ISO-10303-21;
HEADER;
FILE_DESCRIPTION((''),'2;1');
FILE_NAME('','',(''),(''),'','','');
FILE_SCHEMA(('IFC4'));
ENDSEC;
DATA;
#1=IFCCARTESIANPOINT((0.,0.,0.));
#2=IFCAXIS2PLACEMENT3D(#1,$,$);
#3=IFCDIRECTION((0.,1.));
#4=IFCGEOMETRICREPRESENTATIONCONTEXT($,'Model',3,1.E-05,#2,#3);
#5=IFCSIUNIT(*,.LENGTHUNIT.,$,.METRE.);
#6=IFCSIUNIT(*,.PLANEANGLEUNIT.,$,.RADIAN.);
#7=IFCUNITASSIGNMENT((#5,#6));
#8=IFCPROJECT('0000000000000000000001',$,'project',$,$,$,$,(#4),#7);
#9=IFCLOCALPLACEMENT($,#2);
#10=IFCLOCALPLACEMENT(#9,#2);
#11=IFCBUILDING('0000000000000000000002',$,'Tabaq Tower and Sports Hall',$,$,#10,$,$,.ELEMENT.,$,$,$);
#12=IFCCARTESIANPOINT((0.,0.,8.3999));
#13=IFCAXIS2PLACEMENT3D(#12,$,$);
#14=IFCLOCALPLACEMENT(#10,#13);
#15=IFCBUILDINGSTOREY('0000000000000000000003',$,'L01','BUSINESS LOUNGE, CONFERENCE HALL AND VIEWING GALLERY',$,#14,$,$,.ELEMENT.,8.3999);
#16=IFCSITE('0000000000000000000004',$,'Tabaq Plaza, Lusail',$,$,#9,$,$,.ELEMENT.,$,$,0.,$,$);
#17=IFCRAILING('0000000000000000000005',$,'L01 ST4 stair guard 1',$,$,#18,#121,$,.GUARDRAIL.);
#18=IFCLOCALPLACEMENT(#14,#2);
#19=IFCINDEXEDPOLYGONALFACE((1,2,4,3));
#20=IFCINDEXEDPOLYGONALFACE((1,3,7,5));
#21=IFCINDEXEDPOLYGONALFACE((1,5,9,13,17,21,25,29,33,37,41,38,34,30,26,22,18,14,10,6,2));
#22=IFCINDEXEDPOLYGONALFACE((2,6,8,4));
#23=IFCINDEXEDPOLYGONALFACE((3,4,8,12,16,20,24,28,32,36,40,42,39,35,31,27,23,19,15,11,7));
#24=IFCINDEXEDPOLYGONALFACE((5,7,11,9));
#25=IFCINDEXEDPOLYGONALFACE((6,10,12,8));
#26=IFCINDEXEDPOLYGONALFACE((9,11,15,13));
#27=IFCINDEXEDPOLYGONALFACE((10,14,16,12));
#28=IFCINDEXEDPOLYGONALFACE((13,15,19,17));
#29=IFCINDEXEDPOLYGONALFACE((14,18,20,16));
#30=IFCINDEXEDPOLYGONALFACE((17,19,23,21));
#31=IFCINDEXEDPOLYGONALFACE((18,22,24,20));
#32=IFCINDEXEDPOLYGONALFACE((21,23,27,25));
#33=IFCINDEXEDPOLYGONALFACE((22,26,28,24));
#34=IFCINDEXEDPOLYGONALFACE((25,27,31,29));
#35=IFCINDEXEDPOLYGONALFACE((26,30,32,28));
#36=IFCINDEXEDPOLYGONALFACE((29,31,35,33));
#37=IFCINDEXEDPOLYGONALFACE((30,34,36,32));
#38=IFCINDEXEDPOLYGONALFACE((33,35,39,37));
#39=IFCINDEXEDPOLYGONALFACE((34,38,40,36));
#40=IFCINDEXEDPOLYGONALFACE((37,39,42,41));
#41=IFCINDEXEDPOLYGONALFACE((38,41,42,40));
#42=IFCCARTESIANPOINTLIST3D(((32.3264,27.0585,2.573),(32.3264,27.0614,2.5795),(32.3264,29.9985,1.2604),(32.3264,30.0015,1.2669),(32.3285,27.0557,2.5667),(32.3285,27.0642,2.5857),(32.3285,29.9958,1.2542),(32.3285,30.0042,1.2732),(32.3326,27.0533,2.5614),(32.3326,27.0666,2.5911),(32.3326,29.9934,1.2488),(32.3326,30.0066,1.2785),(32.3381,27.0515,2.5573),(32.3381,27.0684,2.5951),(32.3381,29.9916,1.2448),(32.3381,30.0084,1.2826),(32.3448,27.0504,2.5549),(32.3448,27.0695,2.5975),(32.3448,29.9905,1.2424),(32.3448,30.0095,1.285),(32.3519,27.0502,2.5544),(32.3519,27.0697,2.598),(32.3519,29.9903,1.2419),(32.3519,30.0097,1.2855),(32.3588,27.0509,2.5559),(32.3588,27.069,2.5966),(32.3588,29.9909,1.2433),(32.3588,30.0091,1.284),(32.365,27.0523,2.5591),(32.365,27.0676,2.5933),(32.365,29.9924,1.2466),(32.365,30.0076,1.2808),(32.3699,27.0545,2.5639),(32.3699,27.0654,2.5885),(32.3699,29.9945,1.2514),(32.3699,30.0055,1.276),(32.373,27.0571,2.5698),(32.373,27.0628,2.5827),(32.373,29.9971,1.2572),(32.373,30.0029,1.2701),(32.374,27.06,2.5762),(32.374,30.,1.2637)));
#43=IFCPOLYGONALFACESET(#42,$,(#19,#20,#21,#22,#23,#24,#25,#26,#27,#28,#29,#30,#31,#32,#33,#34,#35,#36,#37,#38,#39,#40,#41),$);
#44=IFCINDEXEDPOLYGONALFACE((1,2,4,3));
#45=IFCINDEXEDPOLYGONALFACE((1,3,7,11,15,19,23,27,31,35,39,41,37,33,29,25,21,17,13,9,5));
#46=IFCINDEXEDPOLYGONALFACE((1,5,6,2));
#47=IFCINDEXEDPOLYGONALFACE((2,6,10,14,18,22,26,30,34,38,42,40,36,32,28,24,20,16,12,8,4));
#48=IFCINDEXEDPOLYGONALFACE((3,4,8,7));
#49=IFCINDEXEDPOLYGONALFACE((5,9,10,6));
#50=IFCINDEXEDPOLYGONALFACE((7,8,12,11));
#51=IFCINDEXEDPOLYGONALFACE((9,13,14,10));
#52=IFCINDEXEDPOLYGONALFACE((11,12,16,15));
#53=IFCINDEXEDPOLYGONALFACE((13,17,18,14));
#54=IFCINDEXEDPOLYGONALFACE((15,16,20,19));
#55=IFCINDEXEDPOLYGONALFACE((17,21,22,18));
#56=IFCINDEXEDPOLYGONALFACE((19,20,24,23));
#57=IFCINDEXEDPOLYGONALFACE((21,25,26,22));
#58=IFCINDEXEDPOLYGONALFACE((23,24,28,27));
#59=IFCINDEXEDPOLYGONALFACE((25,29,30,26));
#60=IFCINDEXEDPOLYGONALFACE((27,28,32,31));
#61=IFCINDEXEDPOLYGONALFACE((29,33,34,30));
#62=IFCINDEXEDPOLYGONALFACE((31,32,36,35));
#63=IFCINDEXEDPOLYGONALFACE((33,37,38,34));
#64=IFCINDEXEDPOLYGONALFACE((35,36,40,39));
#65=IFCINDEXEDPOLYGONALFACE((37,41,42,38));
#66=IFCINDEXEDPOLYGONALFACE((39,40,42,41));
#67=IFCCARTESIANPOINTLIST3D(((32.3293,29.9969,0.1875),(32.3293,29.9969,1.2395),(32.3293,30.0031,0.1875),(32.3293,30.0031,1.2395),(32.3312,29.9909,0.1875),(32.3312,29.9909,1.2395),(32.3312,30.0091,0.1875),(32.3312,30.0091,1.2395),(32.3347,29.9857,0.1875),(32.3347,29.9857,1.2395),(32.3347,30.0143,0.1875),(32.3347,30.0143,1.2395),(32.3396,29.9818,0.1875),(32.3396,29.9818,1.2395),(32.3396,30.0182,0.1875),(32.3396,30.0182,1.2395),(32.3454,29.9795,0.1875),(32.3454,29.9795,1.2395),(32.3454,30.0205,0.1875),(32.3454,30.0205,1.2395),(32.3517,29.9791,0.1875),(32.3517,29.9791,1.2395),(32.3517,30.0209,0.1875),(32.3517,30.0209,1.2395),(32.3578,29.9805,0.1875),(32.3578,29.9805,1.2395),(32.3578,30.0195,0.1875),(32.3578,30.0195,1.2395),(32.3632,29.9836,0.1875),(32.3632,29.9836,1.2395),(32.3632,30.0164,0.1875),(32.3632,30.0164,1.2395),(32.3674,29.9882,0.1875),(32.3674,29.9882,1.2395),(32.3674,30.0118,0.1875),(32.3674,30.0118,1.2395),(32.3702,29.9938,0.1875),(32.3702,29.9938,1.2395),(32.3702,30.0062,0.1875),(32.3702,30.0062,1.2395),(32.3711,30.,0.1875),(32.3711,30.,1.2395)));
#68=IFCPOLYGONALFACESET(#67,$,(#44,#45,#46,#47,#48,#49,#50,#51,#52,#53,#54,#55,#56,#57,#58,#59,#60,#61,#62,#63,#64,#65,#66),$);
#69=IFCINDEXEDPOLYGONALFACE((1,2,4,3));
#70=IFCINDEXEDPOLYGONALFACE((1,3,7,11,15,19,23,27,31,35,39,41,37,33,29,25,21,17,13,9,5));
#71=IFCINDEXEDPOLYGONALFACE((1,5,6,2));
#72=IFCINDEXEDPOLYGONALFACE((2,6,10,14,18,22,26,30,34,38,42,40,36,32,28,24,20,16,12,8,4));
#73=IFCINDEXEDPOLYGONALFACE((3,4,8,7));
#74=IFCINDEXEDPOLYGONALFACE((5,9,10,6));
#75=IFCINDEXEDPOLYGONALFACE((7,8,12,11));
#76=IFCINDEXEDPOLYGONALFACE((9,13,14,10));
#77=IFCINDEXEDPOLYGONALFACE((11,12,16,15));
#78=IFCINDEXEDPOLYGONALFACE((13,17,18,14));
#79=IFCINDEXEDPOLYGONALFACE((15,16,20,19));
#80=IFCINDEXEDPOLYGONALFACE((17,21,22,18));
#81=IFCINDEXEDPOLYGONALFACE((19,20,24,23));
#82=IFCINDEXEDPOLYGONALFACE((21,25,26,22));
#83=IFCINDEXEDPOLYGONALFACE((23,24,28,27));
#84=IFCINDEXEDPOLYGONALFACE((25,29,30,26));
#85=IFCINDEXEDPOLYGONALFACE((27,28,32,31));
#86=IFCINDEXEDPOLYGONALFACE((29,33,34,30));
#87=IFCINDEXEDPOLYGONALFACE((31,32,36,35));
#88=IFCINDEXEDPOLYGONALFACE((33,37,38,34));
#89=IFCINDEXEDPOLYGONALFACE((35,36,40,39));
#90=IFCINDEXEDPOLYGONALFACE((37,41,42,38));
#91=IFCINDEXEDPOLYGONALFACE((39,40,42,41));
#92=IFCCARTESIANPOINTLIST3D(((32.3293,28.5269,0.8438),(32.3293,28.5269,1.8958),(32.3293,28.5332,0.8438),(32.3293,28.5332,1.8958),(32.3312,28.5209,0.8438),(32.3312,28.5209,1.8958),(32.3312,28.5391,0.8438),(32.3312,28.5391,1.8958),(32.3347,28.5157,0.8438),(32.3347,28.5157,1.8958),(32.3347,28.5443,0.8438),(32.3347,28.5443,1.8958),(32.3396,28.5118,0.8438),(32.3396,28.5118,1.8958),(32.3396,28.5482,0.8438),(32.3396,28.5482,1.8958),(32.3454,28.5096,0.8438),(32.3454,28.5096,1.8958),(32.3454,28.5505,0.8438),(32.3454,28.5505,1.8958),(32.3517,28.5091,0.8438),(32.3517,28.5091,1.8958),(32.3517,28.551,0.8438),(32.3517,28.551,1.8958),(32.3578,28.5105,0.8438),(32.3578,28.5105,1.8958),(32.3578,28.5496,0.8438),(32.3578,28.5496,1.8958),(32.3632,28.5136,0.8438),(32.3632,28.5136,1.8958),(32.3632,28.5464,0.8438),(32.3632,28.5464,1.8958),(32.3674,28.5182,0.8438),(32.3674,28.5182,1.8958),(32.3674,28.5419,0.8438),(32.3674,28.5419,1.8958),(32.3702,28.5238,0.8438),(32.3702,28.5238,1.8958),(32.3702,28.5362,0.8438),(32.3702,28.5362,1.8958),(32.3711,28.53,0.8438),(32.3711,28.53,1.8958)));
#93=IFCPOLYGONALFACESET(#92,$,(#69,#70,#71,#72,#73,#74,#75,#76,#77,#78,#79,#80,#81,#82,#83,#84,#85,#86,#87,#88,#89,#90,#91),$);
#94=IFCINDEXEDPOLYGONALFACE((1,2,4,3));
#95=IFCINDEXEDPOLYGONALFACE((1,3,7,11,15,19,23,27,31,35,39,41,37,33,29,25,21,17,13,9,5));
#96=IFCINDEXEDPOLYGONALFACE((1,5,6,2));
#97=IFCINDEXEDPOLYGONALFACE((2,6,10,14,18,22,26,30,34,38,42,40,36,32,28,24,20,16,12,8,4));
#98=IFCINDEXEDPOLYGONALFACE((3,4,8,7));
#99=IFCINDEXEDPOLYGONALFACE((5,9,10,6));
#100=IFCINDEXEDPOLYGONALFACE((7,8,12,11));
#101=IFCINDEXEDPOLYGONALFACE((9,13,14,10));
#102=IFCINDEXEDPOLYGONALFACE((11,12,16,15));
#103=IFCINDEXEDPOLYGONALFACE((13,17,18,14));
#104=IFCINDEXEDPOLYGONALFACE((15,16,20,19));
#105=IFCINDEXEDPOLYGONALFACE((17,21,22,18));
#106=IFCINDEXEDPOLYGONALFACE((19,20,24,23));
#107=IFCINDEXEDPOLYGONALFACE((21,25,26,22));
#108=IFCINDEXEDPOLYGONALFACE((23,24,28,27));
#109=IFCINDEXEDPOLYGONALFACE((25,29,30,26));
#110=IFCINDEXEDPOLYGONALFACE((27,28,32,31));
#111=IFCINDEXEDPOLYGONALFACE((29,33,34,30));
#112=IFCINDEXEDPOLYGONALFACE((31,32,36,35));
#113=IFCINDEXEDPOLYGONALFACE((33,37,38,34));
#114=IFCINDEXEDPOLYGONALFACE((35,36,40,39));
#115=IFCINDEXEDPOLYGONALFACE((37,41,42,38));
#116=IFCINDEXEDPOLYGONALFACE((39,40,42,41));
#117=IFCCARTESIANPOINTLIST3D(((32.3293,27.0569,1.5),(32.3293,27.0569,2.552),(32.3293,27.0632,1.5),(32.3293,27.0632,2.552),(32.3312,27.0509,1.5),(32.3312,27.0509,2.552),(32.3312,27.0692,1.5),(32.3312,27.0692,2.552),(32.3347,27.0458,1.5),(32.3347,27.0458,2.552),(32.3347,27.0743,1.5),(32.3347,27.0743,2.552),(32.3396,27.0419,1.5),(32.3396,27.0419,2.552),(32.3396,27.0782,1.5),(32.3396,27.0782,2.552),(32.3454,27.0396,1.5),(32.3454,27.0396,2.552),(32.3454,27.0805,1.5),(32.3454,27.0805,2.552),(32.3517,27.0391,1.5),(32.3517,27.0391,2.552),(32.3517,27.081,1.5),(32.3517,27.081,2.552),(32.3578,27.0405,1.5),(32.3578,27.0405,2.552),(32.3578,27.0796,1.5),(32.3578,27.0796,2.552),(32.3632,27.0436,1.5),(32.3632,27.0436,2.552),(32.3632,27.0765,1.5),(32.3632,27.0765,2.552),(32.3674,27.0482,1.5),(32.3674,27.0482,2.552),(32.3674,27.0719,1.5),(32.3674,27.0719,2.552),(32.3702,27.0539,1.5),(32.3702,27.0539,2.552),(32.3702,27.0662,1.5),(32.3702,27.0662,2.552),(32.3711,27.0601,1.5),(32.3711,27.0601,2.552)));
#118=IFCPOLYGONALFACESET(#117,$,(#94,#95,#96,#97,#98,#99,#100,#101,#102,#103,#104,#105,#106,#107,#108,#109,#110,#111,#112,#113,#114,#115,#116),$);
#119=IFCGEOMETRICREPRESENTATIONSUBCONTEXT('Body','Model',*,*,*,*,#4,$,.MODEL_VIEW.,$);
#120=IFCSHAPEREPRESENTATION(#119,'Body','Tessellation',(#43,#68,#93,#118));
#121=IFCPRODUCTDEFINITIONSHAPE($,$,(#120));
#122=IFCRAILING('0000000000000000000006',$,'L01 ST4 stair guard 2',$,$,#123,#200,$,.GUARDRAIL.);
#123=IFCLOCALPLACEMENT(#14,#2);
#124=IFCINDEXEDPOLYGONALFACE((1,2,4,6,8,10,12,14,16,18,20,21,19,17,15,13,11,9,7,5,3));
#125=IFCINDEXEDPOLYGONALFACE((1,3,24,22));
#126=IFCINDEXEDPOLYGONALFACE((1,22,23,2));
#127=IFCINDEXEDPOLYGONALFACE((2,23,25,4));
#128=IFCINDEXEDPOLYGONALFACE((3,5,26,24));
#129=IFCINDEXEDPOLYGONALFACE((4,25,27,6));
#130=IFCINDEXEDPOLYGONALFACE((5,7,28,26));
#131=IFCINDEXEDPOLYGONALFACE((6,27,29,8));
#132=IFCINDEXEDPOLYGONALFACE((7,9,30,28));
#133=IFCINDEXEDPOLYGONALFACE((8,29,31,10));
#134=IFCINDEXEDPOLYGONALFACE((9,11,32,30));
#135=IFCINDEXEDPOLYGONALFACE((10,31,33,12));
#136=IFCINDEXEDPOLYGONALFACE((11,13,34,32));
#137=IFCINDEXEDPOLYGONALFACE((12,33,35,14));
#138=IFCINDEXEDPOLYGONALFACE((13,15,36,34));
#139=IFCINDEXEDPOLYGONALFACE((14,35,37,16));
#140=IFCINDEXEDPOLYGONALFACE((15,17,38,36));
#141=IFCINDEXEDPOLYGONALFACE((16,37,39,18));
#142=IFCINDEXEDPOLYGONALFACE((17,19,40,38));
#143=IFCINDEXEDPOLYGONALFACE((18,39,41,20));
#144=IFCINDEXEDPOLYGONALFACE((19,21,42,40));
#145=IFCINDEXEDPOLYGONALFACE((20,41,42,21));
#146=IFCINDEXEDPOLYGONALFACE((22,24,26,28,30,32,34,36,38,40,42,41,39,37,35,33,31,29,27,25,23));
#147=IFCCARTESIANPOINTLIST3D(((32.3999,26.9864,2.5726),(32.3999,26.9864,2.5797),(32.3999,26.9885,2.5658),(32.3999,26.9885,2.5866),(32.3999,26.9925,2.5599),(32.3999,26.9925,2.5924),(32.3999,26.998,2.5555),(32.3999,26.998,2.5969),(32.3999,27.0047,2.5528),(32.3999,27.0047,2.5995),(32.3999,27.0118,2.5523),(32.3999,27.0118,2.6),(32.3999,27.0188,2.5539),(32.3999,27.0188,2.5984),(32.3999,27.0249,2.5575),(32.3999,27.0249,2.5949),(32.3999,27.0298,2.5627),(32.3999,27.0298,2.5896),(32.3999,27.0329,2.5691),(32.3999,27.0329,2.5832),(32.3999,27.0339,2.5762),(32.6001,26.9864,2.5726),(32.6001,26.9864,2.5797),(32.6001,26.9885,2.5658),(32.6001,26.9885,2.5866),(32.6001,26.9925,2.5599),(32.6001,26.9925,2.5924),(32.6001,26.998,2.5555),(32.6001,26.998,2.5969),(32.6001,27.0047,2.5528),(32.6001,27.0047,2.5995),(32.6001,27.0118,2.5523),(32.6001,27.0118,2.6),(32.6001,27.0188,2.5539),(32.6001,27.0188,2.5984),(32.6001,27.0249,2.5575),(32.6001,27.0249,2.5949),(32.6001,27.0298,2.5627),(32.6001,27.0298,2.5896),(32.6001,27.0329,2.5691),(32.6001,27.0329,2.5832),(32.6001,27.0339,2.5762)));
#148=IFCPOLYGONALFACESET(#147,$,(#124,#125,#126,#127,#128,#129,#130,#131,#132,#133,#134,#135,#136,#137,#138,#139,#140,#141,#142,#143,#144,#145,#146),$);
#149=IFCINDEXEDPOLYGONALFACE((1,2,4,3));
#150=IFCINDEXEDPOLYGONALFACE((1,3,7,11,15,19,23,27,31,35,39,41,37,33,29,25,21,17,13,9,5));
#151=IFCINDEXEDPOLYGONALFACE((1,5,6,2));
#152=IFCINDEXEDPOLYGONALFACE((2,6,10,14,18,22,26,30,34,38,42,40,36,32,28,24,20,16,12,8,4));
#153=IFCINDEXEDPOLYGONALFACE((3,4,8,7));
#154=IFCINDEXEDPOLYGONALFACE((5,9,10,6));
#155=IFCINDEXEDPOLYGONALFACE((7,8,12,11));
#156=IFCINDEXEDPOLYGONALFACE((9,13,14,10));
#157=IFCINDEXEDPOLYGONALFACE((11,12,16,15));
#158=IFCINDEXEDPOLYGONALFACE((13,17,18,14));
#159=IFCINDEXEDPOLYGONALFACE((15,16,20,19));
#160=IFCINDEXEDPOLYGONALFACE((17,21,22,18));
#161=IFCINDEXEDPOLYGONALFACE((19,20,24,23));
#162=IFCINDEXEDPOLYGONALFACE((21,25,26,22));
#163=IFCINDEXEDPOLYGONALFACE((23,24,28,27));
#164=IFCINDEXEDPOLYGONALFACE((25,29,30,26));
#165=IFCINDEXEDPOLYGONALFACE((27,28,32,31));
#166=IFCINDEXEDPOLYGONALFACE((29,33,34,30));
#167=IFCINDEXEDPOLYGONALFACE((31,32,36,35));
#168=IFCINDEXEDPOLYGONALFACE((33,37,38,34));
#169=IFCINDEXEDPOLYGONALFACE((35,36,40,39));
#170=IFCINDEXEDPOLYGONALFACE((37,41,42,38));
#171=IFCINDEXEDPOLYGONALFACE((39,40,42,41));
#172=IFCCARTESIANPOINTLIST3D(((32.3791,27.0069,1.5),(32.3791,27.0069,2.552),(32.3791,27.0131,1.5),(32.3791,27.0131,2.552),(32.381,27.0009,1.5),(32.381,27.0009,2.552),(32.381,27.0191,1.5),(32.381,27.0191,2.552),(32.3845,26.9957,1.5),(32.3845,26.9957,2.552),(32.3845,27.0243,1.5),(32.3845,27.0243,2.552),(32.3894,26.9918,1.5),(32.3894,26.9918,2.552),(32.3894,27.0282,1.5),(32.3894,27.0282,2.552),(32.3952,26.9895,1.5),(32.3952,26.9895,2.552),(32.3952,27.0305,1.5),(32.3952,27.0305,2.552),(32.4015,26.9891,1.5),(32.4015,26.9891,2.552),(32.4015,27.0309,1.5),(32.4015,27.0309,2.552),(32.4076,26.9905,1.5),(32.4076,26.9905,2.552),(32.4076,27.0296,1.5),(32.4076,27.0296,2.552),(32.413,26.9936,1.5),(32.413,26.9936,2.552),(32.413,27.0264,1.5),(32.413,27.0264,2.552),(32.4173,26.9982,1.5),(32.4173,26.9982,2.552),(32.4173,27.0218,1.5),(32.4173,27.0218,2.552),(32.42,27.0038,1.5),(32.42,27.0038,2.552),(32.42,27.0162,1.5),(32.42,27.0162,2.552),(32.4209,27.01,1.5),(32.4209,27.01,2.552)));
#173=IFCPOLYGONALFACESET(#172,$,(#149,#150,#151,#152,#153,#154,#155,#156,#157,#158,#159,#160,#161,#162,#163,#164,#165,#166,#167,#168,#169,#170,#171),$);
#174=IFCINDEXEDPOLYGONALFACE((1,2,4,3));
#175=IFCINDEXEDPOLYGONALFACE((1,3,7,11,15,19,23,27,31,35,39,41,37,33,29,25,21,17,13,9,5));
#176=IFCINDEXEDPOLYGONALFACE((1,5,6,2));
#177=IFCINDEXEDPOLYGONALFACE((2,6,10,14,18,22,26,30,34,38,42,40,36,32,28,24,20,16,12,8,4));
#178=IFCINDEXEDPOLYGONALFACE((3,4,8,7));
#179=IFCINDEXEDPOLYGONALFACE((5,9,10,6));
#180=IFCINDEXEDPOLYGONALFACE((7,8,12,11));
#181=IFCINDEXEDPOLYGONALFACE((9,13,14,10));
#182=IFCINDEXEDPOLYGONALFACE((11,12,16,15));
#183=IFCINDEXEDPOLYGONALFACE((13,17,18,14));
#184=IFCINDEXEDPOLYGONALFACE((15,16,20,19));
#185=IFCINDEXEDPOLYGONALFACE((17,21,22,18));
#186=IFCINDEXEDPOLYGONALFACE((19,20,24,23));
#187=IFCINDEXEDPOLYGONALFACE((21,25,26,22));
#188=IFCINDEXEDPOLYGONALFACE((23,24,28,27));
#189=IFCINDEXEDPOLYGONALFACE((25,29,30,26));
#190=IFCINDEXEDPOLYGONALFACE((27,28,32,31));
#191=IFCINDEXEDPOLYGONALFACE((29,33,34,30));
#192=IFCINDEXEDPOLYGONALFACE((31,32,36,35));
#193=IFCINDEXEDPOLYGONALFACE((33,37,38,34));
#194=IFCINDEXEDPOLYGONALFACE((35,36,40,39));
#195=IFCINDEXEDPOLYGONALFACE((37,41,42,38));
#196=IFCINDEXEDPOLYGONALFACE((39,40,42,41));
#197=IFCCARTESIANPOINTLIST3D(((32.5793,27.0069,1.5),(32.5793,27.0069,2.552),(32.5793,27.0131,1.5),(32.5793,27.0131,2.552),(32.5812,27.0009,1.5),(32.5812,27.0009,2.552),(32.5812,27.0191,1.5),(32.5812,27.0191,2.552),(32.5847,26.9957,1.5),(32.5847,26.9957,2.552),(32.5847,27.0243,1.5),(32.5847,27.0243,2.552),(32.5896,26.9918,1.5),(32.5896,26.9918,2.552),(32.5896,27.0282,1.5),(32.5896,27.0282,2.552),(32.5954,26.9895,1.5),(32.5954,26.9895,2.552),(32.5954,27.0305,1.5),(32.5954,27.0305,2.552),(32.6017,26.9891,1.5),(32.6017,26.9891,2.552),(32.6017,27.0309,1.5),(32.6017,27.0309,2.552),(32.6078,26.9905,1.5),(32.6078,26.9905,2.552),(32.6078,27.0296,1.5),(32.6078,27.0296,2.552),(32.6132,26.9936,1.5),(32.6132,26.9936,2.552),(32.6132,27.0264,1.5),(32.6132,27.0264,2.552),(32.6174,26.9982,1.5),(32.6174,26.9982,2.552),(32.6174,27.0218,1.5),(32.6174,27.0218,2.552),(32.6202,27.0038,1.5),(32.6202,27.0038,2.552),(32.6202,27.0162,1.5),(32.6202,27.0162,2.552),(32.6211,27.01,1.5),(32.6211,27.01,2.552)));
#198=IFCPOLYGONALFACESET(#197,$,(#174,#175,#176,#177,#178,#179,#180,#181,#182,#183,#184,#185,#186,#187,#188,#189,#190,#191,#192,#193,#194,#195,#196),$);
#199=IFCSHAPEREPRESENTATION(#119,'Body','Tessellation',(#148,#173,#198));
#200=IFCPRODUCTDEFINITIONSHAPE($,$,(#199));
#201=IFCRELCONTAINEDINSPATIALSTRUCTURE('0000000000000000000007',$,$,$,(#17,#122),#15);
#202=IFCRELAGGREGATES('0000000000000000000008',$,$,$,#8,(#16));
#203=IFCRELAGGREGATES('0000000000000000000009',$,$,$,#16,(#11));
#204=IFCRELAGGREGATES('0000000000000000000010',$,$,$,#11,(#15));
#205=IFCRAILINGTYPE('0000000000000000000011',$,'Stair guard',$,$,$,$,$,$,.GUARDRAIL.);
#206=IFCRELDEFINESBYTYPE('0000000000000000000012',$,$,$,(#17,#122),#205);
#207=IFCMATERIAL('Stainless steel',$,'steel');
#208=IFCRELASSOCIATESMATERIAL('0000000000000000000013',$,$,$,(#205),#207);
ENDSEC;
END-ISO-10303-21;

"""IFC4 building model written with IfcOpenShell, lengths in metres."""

from ifc_helpers import new_model, si_unit, direction, frame, origin, origin_2d, place, context, subcontext, project, spatial, circle, extrude, material, type_object, element, save


model = new_model("IFC4")

# Units and contexts
model_context = context("Model", 3, precision=1e-05, world=origin(), true_north=direction((0.0, 1.0)))
body_context = subcontext(model_context, "Body", "Model", "MODEL_VIEW")
ifc_project = project(units=[si_unit("LENGTHUNIT", "METRE"), si_unit("PLANEANGLEUNIT", "RADIAN")], contexts=[model_context])

# Site, building, storey
site_placement = place(None, origin())
site = spatial("IfcSite", under=ifc_project, at=site_placement, Name="Tabaq Plaza, Lusail", CompositionType="ELEMENT", RefElevation=0.0)
building_placement = place(site_placement, origin())
building = spatial("IfcBuilding", under=site, at=building_placement, Name="Tabaq Tower and Sports Hall", CompositionType="ELEMENT")
storey_placement = place(building_placement, frame((0.0, 0.0, 8.3999)))
storey = spatial("IfcBuildingStorey", under=building, at=storey_placement, Name="L01", Description="BUSINESS LOUNGE, CONFERENCE HALL AND VIEWING GALLERY", CompositionType="ELEMENT", Elevation=8.3999)

# Railings
ifc_material_1 = material(Name="Stainless steel", Category="steel")
railing_type_1 = type_object("IfcRailingType", Name="Stair guard", PredefinedType="GUARDRAIL", material=ifc_material_1)
railing_1_placement = place(storey_placement, frame((32.3501, 30.0, 0.1875)))
element("IfcRailing", 1, at=railing_1_placement, inside=storey, type_object=railing_type_1, Name="L01 ST4 stair guard 1", PredefinedType="GUARDRAIL", context=body_context, shape_type="SweptSolid", body=[
    extrude(circle(Radius=0.0239, at=origin_2d()), frame((0.0, 0.0, 1.0762), z_axis=(0.0, -0.913135, 0.407658), x_axis=(1.0, 0.0, 0.0)), (0.0, 0.0, 1.0), 3.2197),
    extrude(circle(Radius=0.021, at=origin_2d()), origin(), (0.0, 0.0, 1.0), 1.052),
    extrude(circle(Radius=0.021, at=origin_2d()), frame((0.0, -1.47, 0.6562)), (0.0, 0.0, 1.0), 1.052),
    extrude(circle(Radius=0.021, at=origin_2d()), frame((0.0, -2.9399, 1.3125)), (0.0, 0.0, 1.0), 1.052),
])
railing_2_placement = place(storey_placement, frame((32.3999, 27.01, 1.5)))
element("IfcRailing", 2, at=railing_2_placement, inside=storey, type_object=railing_type_1, Name="L01 ST4 stair guard 2", PredefinedType="GUARDRAIL", context=body_context, shape_type="SweptSolid", body=[
    extrude(circle(Radius=0.0239, at=origin_2d()), frame((0.0, 0.0, 1.0762), z_axis=(1.0, 0.0, 0.0), x_axis=(0.0, 1.0, 0.0)), (0.0, 0.0, 1.0), 0.2002),
    extrude(circle(Radius=0.021, at=origin_2d()), origin(), (0.0, 0.0, 1.0), 1.052),
    extrude(circle(Radius=0.021, at=origin_2d()), frame((0.2002, 0.0, 0.0)), (0.0, 0.0, 1.0), 1.052),
])

save(model, "model.ifc")
